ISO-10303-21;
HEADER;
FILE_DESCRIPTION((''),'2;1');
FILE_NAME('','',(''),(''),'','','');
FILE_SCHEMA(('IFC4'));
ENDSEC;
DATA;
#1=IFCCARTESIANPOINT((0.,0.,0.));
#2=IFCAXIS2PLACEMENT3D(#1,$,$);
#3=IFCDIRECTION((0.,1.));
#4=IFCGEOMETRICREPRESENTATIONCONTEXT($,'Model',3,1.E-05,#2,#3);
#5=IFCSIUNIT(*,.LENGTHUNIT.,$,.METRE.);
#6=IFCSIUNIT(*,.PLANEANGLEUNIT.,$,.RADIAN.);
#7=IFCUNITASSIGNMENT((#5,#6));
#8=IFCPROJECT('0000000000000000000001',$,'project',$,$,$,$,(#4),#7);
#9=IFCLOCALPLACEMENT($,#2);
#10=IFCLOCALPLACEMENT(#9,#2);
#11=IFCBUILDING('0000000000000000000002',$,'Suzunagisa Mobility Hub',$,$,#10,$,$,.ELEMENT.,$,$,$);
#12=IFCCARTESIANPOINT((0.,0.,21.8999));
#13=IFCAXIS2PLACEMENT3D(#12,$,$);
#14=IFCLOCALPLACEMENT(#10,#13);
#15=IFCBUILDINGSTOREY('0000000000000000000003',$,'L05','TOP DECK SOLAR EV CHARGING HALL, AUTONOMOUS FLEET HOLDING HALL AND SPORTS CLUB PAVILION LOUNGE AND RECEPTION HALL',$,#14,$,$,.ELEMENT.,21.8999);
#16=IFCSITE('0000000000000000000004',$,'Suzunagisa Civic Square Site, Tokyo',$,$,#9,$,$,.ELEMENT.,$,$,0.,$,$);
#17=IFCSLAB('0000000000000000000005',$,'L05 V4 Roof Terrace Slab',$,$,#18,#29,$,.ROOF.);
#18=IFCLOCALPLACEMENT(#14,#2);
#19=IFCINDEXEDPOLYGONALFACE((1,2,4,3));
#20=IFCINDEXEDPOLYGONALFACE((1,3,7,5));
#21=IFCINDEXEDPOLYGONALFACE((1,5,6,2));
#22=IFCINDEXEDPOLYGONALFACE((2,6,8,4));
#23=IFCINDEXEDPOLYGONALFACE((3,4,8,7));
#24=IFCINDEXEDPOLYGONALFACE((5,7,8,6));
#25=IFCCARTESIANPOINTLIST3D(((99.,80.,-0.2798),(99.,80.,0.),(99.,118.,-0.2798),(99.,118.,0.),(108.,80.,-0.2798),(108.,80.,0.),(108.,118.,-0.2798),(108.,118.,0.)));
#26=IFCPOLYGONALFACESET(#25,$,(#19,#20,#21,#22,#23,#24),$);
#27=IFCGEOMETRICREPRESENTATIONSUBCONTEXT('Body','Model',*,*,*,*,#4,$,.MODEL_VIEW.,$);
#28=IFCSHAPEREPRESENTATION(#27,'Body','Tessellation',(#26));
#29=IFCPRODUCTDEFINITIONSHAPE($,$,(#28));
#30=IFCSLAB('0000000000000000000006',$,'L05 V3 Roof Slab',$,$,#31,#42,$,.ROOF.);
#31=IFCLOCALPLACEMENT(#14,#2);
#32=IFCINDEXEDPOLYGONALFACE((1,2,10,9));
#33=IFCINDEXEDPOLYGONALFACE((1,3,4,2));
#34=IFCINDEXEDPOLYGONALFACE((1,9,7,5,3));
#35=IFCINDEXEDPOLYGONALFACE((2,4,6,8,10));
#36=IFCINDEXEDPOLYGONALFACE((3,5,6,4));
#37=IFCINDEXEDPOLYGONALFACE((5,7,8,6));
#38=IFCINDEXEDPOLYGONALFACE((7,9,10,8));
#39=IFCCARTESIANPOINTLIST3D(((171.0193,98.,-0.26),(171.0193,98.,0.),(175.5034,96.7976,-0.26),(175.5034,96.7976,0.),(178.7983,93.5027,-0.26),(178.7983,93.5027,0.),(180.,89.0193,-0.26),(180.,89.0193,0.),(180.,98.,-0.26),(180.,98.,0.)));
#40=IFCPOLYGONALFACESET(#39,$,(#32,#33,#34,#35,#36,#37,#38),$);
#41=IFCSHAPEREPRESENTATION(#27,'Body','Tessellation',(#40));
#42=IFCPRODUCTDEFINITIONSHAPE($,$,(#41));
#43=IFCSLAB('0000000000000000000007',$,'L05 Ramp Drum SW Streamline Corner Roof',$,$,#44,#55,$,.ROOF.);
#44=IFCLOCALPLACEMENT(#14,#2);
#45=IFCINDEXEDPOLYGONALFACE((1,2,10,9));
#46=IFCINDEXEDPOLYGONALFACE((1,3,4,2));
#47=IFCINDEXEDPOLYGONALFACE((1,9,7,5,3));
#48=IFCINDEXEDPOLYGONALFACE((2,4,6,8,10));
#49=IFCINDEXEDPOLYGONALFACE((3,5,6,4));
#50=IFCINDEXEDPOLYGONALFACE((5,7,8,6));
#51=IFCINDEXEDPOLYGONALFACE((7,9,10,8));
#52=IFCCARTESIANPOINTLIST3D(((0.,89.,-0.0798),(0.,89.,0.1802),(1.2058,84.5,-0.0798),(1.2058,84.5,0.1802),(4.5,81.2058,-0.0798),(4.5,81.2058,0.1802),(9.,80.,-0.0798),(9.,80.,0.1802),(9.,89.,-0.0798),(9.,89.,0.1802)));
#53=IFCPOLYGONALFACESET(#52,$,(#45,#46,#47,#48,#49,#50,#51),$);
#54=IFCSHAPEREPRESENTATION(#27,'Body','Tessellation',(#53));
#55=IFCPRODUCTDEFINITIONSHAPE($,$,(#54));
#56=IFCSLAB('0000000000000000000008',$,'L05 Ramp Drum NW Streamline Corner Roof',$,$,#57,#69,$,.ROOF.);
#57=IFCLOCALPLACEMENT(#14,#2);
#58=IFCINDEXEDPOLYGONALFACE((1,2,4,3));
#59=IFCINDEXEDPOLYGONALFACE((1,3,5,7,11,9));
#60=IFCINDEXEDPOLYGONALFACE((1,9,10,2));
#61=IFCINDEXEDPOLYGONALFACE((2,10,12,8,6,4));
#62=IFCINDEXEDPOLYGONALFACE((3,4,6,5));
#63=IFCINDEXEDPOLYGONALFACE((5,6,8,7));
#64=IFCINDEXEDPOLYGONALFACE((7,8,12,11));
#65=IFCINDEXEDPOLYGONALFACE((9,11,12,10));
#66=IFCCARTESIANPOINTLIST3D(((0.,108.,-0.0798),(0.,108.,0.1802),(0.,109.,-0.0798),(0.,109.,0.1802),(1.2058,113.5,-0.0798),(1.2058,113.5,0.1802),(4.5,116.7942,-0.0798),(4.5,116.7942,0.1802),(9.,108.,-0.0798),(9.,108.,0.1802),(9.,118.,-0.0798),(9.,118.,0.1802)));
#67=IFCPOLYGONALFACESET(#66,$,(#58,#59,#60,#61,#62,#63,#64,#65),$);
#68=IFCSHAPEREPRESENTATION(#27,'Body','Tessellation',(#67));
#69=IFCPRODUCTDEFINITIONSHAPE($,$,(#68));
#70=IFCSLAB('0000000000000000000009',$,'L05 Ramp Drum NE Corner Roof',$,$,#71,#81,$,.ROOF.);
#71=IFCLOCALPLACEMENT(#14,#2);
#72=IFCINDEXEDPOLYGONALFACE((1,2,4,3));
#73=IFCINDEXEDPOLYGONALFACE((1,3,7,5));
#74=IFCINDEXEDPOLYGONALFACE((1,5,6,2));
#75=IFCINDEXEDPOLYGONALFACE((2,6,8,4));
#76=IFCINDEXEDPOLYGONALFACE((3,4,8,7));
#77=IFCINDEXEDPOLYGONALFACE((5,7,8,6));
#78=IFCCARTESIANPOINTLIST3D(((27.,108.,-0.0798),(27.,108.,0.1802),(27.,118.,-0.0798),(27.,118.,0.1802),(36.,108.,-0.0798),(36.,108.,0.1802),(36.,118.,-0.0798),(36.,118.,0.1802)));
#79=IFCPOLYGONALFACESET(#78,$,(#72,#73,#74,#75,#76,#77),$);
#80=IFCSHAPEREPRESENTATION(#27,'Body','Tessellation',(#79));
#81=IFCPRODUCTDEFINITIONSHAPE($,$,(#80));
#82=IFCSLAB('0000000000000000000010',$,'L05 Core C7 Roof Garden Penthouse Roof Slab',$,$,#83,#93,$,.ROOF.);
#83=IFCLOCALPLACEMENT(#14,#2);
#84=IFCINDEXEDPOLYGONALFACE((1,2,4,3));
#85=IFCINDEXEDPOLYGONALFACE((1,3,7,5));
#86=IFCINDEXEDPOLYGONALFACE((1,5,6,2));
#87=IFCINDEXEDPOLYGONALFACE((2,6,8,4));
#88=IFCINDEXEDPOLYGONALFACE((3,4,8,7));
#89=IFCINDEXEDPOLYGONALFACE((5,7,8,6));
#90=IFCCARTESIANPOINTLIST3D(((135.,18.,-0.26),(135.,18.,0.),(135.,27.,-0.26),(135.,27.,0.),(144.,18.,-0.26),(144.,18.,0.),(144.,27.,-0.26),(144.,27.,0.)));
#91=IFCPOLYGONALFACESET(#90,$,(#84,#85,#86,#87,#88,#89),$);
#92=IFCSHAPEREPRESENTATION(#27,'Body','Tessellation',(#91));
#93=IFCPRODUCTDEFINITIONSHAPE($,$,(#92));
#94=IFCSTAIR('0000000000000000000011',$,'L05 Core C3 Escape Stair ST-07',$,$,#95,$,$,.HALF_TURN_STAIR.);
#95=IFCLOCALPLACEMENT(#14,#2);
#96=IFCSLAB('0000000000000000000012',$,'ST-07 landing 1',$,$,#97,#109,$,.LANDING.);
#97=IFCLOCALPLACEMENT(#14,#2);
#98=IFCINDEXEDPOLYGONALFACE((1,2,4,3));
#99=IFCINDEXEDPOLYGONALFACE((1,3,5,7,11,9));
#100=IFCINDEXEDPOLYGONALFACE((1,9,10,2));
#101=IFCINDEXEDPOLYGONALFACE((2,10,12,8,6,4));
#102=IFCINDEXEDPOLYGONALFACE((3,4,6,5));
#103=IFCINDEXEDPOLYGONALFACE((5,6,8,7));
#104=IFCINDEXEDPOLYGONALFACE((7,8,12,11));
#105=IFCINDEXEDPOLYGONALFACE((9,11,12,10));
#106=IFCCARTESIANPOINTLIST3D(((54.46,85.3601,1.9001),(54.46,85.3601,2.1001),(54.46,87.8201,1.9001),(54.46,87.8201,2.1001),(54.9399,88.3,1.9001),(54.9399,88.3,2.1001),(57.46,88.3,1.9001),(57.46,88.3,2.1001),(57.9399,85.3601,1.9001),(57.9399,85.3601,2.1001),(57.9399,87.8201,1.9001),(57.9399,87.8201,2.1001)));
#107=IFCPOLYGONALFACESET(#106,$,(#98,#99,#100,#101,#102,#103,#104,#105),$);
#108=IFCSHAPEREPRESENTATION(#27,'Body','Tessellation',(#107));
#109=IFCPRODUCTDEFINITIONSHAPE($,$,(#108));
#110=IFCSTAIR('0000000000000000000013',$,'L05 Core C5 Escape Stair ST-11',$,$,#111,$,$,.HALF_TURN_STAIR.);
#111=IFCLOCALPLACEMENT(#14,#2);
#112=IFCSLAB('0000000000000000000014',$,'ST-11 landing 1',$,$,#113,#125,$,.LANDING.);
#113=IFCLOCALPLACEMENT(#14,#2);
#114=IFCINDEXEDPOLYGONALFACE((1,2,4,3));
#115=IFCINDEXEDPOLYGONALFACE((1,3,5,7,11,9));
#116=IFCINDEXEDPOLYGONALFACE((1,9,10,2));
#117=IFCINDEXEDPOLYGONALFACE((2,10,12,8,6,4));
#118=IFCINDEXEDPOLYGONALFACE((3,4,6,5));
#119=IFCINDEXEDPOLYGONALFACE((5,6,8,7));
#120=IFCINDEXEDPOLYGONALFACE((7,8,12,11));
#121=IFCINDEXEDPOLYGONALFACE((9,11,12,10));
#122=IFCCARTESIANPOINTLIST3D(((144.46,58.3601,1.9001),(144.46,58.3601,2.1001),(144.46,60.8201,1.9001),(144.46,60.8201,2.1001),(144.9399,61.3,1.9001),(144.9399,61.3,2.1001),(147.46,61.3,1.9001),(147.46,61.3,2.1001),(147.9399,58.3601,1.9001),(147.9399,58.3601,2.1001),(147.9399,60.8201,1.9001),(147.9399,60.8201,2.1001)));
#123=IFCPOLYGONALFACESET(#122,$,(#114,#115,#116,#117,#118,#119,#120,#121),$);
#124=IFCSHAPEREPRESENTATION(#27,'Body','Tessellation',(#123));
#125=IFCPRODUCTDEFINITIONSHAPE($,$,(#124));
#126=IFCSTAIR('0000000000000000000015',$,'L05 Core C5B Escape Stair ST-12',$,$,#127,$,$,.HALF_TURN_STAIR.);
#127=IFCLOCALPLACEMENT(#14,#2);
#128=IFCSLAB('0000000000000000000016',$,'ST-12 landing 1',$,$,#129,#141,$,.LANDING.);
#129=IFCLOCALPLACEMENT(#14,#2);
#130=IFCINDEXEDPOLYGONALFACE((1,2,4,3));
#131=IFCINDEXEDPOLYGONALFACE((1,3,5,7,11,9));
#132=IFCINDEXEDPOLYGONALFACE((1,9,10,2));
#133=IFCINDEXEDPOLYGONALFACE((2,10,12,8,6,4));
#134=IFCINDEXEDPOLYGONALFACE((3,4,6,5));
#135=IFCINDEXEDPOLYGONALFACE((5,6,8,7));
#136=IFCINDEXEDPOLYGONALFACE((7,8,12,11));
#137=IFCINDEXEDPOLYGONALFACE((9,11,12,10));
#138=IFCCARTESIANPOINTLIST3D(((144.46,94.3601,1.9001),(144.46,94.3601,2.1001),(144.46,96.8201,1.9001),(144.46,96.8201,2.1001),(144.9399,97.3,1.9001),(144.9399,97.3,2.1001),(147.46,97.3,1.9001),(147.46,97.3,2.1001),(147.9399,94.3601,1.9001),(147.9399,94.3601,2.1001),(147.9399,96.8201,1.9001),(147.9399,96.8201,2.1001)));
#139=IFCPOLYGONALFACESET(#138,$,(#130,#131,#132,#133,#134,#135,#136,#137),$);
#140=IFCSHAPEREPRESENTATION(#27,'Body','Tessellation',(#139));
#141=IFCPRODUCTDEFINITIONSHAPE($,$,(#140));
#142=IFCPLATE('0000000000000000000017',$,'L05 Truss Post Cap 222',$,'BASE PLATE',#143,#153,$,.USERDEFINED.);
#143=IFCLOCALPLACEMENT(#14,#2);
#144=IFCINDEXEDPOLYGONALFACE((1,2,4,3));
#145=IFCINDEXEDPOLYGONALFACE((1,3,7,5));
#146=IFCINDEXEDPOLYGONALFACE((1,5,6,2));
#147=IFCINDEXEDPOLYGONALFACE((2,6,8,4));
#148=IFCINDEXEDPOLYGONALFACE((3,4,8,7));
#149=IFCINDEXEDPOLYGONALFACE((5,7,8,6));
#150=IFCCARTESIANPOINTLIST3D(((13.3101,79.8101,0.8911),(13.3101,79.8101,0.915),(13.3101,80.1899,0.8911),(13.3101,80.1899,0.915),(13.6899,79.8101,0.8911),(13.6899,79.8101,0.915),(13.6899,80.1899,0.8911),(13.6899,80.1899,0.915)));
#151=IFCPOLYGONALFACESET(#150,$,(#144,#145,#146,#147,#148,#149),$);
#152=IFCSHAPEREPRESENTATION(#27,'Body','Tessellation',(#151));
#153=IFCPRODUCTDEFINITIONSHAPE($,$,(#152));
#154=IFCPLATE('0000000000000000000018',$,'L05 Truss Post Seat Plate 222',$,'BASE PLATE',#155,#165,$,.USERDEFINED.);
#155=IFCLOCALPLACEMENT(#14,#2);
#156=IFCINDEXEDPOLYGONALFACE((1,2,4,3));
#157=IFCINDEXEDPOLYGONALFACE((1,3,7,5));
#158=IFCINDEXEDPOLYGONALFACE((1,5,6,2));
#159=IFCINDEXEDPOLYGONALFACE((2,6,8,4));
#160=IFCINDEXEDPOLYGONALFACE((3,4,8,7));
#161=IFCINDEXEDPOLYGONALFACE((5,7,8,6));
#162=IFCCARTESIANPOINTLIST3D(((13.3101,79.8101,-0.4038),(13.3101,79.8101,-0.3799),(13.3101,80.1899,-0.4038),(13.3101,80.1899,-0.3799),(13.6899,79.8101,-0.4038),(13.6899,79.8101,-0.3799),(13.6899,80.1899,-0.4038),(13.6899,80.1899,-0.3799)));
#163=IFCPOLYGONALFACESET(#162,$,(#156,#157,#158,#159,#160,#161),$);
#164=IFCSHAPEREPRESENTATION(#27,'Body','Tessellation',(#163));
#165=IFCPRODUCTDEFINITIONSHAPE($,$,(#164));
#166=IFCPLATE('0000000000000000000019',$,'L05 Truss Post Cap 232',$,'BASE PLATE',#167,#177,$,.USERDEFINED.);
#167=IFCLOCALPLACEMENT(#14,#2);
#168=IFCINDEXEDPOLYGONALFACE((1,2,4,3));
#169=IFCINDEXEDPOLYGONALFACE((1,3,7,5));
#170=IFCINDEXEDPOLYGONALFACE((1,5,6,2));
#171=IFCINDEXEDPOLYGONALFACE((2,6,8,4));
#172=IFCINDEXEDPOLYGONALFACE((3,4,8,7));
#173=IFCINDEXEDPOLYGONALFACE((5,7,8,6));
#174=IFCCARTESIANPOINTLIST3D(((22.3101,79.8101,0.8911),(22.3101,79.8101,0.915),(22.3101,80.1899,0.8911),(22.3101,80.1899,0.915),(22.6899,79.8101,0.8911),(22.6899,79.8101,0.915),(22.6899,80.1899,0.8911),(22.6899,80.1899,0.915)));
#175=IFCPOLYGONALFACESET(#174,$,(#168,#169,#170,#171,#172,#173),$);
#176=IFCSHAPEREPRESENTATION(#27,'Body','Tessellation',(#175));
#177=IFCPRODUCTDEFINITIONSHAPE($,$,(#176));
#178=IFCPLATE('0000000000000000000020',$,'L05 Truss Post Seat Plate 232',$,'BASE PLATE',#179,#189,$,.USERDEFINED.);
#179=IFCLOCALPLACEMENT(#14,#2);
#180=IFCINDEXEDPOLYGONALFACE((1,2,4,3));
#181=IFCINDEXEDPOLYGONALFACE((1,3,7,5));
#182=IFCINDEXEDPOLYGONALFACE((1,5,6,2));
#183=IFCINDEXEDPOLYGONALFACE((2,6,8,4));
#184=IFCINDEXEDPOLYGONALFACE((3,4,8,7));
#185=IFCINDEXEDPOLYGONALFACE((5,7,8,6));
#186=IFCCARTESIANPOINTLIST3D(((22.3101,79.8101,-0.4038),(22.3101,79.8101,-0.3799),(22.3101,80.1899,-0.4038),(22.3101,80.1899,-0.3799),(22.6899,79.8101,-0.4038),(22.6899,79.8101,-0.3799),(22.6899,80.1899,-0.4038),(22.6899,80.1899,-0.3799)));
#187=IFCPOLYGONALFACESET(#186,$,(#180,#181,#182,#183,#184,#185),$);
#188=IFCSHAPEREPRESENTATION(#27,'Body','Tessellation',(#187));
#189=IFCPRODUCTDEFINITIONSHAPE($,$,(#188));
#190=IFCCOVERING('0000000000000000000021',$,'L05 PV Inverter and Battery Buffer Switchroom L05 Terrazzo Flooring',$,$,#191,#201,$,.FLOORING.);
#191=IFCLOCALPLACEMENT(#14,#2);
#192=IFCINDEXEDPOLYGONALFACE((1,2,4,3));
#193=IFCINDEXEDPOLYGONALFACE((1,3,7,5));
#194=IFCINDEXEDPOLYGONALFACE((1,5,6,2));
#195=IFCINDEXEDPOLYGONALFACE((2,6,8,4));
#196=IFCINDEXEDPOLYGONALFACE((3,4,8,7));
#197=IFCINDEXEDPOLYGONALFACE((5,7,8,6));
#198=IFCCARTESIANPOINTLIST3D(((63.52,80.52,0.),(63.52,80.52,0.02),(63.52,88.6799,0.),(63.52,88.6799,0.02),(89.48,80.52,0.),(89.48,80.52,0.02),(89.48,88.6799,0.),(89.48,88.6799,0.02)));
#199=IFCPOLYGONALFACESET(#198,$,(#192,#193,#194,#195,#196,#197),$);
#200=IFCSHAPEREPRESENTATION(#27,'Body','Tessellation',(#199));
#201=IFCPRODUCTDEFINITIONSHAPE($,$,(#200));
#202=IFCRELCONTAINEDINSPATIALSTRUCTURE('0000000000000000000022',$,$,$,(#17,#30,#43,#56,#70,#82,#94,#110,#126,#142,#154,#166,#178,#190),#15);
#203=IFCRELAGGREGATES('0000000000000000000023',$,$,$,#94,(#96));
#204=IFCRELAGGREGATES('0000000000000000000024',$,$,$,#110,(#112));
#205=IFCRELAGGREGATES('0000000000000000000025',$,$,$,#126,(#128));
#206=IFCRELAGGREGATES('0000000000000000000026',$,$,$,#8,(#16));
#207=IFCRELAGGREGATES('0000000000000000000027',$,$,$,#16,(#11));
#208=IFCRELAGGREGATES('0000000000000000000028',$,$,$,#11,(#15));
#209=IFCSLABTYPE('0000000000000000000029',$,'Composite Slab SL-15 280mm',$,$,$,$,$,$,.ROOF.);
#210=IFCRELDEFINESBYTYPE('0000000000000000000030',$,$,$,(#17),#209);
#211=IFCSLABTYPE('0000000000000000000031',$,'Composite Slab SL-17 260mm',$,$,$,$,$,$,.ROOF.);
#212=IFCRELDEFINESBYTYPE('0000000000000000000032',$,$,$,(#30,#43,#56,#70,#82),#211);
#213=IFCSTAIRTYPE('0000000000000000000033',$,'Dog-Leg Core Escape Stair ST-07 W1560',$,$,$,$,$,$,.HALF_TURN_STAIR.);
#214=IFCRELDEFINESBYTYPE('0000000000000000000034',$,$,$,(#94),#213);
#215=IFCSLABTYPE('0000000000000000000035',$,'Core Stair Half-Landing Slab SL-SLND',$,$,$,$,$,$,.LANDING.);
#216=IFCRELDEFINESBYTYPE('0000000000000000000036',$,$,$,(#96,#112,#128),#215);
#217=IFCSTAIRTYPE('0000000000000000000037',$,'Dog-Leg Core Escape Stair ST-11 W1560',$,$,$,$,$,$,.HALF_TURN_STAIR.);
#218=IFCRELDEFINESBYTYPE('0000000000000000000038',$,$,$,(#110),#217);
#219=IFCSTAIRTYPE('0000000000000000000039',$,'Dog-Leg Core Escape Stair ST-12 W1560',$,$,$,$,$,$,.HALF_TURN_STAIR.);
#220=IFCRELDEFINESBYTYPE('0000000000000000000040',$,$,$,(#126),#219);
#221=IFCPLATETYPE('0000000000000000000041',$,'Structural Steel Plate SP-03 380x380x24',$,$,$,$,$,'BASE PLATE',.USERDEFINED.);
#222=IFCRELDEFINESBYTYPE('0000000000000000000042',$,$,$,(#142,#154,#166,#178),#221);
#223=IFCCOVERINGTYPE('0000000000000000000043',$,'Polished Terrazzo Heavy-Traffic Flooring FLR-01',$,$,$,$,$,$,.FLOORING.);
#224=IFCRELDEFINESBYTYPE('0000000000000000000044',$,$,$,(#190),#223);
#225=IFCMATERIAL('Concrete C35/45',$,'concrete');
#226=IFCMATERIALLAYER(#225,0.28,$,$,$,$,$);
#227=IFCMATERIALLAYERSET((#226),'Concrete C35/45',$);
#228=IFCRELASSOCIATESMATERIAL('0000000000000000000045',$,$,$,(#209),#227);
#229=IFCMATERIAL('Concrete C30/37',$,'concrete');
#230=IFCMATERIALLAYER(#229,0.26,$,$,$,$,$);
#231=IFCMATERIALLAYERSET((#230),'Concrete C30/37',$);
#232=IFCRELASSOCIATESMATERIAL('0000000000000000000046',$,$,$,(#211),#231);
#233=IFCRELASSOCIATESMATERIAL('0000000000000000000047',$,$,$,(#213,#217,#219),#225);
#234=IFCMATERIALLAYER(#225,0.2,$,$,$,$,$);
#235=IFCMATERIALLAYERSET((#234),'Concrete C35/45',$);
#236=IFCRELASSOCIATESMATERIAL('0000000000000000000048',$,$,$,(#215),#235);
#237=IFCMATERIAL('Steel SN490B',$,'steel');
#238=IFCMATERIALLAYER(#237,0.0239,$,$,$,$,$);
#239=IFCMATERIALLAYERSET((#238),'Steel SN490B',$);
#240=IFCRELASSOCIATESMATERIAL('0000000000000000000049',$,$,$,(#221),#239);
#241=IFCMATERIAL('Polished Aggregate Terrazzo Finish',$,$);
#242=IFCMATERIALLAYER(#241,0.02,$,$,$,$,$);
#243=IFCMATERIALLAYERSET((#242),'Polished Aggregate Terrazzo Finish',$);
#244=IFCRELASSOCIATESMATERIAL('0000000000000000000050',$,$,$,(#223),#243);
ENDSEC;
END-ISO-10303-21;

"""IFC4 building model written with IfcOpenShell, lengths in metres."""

from ifc_helpers import new_model, si_unit, direction, frame, origin, origin_2d, place, context, subcontext, project, spatial, polyline, rectangle, outline, extrude, material, layer, layer_set, type_object, element, aggregate, save


model = new_model("IFC4")

# Units and contexts
model_context = context("Model", 3, precision=1e-05, world=origin(), true_north=direction((0.0, 1.0)))
body_context = subcontext(model_context, "Body", "Model", "MODEL_VIEW")
ifc_project = project(units=[si_unit("LENGTHUNIT", "METRE"), si_unit("PLANEANGLEUNIT", "RADIAN")], contexts=[model_context])

# Site, building, storey
site_placement = place(None, origin())
site = spatial("IfcSite", under=ifc_project, at=site_placement, Name="Suzunagisa Civic Square Site, Tokyo", CompositionType="ELEMENT", RefElevation=0.0)
building_placement = place(site_placement, origin())
building = spatial("IfcBuilding", under=site, at=building_placement, Name="Suzunagisa Mobility Hub", CompositionType="ELEMENT")
storey_placement = place(building_placement, frame((0.0, 0.0, 21.8999)))
storey = spatial("IfcBuildingStorey", under=building, at=storey_placement, Name="L05", Description="TOP DECK SOLAR EV CHARGING HALL, AUTONOMOUS FLEET HOLDING HALL AND SPORTS CLUB PAVILION LOUNGE AND RECEPTION HALL", CompositionType="ELEMENT", Elevation=21.8999)

# Shared definitions
ifc_material_1 = material(Name="Steel SN490B", Category="steel")

# Slabs
ifc_material_2 = material(Name="Concrete C30/37", Category="concrete")
ifc_material_3 = material(Name="Concrete C35/45", Category="concrete")
ifc_layer_1 = layer(ifc_material_3, 0.28)
ifc_layer_set_1 = layer_set([ifc_layer_1], Name="Concrete C35/45")
slab_type_1 = type_object("IfcSlabType", Name="Composite Slab SL-15 280mm", PredefinedType="ROOF", material=ifc_layer_set_1)
slab_1_placement = place(storey_placement, frame((0.0, 0.0, -0.2798)))
element("IfcSlab", 1, at=slab_1_placement, inside=storey, type_object=slab_type_1, Name="L05 V4 Roof Terrace Slab", PredefinedType="ROOF", context=body_context, shape_type="SweptSolid", body=[
    extrude(outline(polyline([(99.0, 80.0), (108.0, 80.0), (108.0, 118.0), (99.0, 118.0), (99.0, 80.0)])), origin(), (0.0, 0.0, 1.0), 0.2798),
])
ifc_layer_2 = layer(ifc_material_2, 0.26)
ifc_layer_set_2 = layer_set([ifc_layer_2], Name="Concrete C30/37")
slab_type_2 = type_object("IfcSlabType", Name="Composite Slab SL-17 260mm", PredefinedType="ROOF", material=ifc_layer_set_2)
slab_2_placement = place(storey_placement, frame((0.0, 0.0, -0.26)))
element("IfcSlab", 2, at=slab_2_placement, inside=storey, type_object=slab_type_2, Name="L05 V3 Roof Slab", PredefinedType="ROOF", context=body_context, shape_type="SweptSolid", body=[
    extrude(outline(polyline([(171.0193, 98.0), (175.5034, 96.7976), (178.7983, 93.5027), (180.0, 89.0193), (180.0, 98.0), (171.0193, 98.0)])), origin(), (0.0, 0.0, 1.0), 0.26),
])
slab_3_placement = place(storey_placement, frame((0.0, 0.0, -0.0798)))
element("IfcSlab", 3, at=slab_3_placement, inside=storey, type_object=slab_type_2, Name="L05 Ramp Drum SW Streamline Corner Roof", PredefinedType="ROOF", context=body_context, shape_type="SweptSolid", body=[
    extrude(outline(polyline([(9.0, 80.0), (9.0, 89.0), (0.0, 89.0), (1.2058, 84.5), (4.5, 81.2058), (9.0, 80.0)])), origin(), (0.0, 0.0, 1.0), 0.26),
])
slab_4_placement = place(storey_placement, frame((0.0, 0.0, -0.0798)))
element("IfcSlab", 4, at=slab_4_placement, inside=storey, type_object=slab_type_2, Name="L05 Ramp Drum NW Streamline Corner Roof", PredefinedType="ROOF", context=body_context, shape_type="SweptSolid", body=[
    extrude(outline(polyline([(0.0, 109.0), (0.0, 108.0), (9.0, 108.0), (9.0, 118.0), (4.5, 116.7942), (1.2058, 113.5), (0.0, 109.0)])), origin(), (0.0, 0.0, 1.0), 0.26),
])
slab_5_placement = place(storey_placement, frame((0.0, 0.0, -0.0798)))
element("IfcSlab", 5, at=slab_5_placement, inside=storey, type_object=slab_type_2, Name="L05 Ramp Drum NE Corner Roof", PredefinedType="ROOF", context=body_context, shape_type="SweptSolid", body=[
    extrude(outline(polyline([(36.0, 118.0), (27.0, 118.0), (27.0, 108.0), (36.0, 108.0), (36.0, 118.0)])), origin(), (0.0, 0.0, 1.0), 0.26),
])
slab_6_placement = place(storey_placement, frame((0.0, 0.0, -0.26)))
element("IfcSlab", 6, at=slab_6_placement, inside=storey, type_object=slab_type_2, Name="L05 Core C7 Roof Garden Penthouse Roof Slab", PredefinedType="ROOF", context=body_context, shape_type="SweptSolid", body=[
    extrude(outline(polyline([(135.0, 18.0), (144.0, 18.0), (144.0, 27.0), (135.0, 27.0), (135.0, 18.0)])), origin(), (0.0, 0.0, 1.0), 0.26),
])

# Stairs, slabs
stair_type_1 = type_object("IfcStairType", Name="Dog-Leg Core Escape Stair ST-07 W1560", PredefinedType="HALF_TURN_STAIR", material=ifc_material_3)
stair_1_placement = place(storey_placement, origin())
stair_1 = element("IfcStair", 7, at=stair_1_placement, inside=storey, type_object=stair_type_1, Name="L05 Core C3 Escape Stair ST-07", PredefinedType="HALF_TURN_STAIR")
ifc_layer_3 = layer(ifc_material_3, 0.2)
ifc_layer_set_3 = layer_set([ifc_layer_3], Name="Concrete C35/45")
slab_type_3 = type_object("IfcSlabType", Name="Core Stair Half-Landing Slab SL-SLND", PredefinedType="LANDING", material=ifc_layer_set_3)
slab_7_placement = place(storey_placement, frame((0.0, 0.0, 1.9001)))
slab_7 = element("IfcSlab", 8, at=slab_7_placement, type_object=slab_type_3, Name="ST-07 landing 1", PredefinedType="LANDING", context=body_context, shape_type="SweptSolid", body=[
    extrude(outline(polyline([(54.46, 85.3601), (57.9399, 85.3601), (57.9399, 87.8201), (57.46, 88.3), (54.9399, 88.3), (54.46, 87.8201), (54.46, 85.3601)])), origin(), (0.0, 0.0, 1.0), 0.2),
])
aggregate(stair_1, [slab_7])
stair_type_2 = type_object("IfcStairType", Name="Dog-Leg Core Escape Stair ST-11 W1560", PredefinedType="HALF_TURN_STAIR", material=ifc_material_3)
stair_2_placement = place(storey_placement, origin())
stair_2 = element("IfcStair", 9, at=stair_2_placement, inside=storey, type_object=stair_type_2, Name="L05 Core C5 Escape Stair ST-11", PredefinedType="HALF_TURN_STAIR")
slab_8_placement = place(storey_placement, frame((0.0, 0.0, 1.9001)))
slab_8 = element("IfcSlab", 10, at=slab_8_placement, type_object=slab_type_3, Name="ST-11 landing 1", PredefinedType="LANDING", context=body_context, shape_type="SweptSolid", body=[
    extrude(outline(polyline([(144.46, 58.3601), (147.9399, 58.3601), (147.9399, 60.8201), (147.46, 61.3), (144.9399, 61.3), (144.46, 60.8201), (144.46, 58.3601)])), origin(), (0.0, 0.0, 1.0), 0.2),
])
aggregate(stair_2, [slab_8])
stair_type_3 = type_object("IfcStairType", Name="Dog-Leg Core Escape Stair ST-12 W1560", PredefinedType="HALF_TURN_STAIR", material=ifc_material_3)
stair_3_placement = place(storey_placement, origin())
stair_3 = element("IfcStair", 11, at=stair_3_placement, inside=storey, type_object=stair_type_3, Name="L05 Core C5B Escape Stair ST-12", PredefinedType="HALF_TURN_STAIR")
slab_9_placement = place(storey_placement, frame((0.0, 0.0, 1.9001)))
slab_9 = element("IfcSlab", 12, at=slab_9_placement, type_object=slab_type_3, Name="ST-12 landing 1", PredefinedType="LANDING", context=body_context, shape_type="SweptSolid", body=[
    extrude(outline(polyline([(144.46, 94.3601), (147.9399, 94.3601), (147.9399, 96.8201), (147.46, 97.3), (144.9399, 97.3), (144.46, 96.8201), (144.46, 94.3601)])), origin(), (0.0, 0.0, 1.0), 0.2),
])
aggregate(stair_3, [slab_9])

# Plates
ifc_layer_4 = layer(ifc_material_1, 0.0239)
ifc_layer_set_4 = layer_set([ifc_layer_4], Name="Steel SN490B")
plate_type = type_object("IfcPlateType", Name="Structural Steel Plate SP-03 380x380x24", ElementType="BASE PLATE", PredefinedType="USERDEFINED", material=ifc_layer_set_4)
for number, where, z_axis, x_axis, name in (
    (13, (13.5, 80.0, 0.8911), (0.0, 0.0, 1.0), (1.0, 0.0, 0.0), "L05 Truss Post Cap 222"),
    (14, (13.5, 80.0, -0.4038), (0.0, 0.0, 1.0), (1.0, 0.0, 0.0), "L05 Truss Post Seat Plate 222"),
    (15, (22.5, 80.0, 0.8911), (0.0, 0.0, 1.0), (1.0, 0.0, 0.0), "L05 Truss Post Cap 232"),
    (16, (22.5, 80.0, -0.4038), (0.0, 0.0, 1.0), (1.0, 0.0, 0.0), "L05 Truss Post Seat Plate 232"),
):
    element("IfcPlate", number, at=place(storey_placement, frame(where, z_axis=z_axis, x_axis=x_axis)), inside=storey, type_object=plate_type, Name=name, ObjectType="BASE PLATE", PredefinedType="USERDEFINED", context=body_context, shape_type="SweptSolid", body=[
        extrude(rectangle(XDim=0.3799, YDim=0.3799, at=origin_2d()), origin(), (0.0, 0.0, 1.0), 0.0239),
    ])

# Covering
ifc_material_4 = material(Name="Polished Aggregate Terrazzo Finish")
ifc_layer_5 = layer(ifc_material_4, 0.02)
ifc_layer_set_5 = layer_set([ifc_layer_5], Name="Polished Aggregate Terrazzo Finish")
covering_type_1 = type_object("IfcCoveringType", Name="Polished Terrazzo Heavy-Traffic Flooring FLR-01", PredefinedType="FLOORING", material=ifc_layer_set_5)
covering_1_placement = place(storey_placement, origin())
element("IfcCovering", 17, at=covering_1_placement, inside=storey, type_object=covering_type_1, Name="L05 PV Inverter and Battery Buffer Switchroom L05 Terrazzo Flooring", PredefinedType="FLOORING", context=body_context, shape_type="SweptSolid", body=[
    extrude(outline(polyline([(63.52, 88.6799), (89.48, 88.6799), (89.48, 80.52), (63.52, 80.52), (63.52, 88.6799)])), origin(), (0.0, 0.0, 1.0), 0.02),
])

save(model, "model.ifc")
